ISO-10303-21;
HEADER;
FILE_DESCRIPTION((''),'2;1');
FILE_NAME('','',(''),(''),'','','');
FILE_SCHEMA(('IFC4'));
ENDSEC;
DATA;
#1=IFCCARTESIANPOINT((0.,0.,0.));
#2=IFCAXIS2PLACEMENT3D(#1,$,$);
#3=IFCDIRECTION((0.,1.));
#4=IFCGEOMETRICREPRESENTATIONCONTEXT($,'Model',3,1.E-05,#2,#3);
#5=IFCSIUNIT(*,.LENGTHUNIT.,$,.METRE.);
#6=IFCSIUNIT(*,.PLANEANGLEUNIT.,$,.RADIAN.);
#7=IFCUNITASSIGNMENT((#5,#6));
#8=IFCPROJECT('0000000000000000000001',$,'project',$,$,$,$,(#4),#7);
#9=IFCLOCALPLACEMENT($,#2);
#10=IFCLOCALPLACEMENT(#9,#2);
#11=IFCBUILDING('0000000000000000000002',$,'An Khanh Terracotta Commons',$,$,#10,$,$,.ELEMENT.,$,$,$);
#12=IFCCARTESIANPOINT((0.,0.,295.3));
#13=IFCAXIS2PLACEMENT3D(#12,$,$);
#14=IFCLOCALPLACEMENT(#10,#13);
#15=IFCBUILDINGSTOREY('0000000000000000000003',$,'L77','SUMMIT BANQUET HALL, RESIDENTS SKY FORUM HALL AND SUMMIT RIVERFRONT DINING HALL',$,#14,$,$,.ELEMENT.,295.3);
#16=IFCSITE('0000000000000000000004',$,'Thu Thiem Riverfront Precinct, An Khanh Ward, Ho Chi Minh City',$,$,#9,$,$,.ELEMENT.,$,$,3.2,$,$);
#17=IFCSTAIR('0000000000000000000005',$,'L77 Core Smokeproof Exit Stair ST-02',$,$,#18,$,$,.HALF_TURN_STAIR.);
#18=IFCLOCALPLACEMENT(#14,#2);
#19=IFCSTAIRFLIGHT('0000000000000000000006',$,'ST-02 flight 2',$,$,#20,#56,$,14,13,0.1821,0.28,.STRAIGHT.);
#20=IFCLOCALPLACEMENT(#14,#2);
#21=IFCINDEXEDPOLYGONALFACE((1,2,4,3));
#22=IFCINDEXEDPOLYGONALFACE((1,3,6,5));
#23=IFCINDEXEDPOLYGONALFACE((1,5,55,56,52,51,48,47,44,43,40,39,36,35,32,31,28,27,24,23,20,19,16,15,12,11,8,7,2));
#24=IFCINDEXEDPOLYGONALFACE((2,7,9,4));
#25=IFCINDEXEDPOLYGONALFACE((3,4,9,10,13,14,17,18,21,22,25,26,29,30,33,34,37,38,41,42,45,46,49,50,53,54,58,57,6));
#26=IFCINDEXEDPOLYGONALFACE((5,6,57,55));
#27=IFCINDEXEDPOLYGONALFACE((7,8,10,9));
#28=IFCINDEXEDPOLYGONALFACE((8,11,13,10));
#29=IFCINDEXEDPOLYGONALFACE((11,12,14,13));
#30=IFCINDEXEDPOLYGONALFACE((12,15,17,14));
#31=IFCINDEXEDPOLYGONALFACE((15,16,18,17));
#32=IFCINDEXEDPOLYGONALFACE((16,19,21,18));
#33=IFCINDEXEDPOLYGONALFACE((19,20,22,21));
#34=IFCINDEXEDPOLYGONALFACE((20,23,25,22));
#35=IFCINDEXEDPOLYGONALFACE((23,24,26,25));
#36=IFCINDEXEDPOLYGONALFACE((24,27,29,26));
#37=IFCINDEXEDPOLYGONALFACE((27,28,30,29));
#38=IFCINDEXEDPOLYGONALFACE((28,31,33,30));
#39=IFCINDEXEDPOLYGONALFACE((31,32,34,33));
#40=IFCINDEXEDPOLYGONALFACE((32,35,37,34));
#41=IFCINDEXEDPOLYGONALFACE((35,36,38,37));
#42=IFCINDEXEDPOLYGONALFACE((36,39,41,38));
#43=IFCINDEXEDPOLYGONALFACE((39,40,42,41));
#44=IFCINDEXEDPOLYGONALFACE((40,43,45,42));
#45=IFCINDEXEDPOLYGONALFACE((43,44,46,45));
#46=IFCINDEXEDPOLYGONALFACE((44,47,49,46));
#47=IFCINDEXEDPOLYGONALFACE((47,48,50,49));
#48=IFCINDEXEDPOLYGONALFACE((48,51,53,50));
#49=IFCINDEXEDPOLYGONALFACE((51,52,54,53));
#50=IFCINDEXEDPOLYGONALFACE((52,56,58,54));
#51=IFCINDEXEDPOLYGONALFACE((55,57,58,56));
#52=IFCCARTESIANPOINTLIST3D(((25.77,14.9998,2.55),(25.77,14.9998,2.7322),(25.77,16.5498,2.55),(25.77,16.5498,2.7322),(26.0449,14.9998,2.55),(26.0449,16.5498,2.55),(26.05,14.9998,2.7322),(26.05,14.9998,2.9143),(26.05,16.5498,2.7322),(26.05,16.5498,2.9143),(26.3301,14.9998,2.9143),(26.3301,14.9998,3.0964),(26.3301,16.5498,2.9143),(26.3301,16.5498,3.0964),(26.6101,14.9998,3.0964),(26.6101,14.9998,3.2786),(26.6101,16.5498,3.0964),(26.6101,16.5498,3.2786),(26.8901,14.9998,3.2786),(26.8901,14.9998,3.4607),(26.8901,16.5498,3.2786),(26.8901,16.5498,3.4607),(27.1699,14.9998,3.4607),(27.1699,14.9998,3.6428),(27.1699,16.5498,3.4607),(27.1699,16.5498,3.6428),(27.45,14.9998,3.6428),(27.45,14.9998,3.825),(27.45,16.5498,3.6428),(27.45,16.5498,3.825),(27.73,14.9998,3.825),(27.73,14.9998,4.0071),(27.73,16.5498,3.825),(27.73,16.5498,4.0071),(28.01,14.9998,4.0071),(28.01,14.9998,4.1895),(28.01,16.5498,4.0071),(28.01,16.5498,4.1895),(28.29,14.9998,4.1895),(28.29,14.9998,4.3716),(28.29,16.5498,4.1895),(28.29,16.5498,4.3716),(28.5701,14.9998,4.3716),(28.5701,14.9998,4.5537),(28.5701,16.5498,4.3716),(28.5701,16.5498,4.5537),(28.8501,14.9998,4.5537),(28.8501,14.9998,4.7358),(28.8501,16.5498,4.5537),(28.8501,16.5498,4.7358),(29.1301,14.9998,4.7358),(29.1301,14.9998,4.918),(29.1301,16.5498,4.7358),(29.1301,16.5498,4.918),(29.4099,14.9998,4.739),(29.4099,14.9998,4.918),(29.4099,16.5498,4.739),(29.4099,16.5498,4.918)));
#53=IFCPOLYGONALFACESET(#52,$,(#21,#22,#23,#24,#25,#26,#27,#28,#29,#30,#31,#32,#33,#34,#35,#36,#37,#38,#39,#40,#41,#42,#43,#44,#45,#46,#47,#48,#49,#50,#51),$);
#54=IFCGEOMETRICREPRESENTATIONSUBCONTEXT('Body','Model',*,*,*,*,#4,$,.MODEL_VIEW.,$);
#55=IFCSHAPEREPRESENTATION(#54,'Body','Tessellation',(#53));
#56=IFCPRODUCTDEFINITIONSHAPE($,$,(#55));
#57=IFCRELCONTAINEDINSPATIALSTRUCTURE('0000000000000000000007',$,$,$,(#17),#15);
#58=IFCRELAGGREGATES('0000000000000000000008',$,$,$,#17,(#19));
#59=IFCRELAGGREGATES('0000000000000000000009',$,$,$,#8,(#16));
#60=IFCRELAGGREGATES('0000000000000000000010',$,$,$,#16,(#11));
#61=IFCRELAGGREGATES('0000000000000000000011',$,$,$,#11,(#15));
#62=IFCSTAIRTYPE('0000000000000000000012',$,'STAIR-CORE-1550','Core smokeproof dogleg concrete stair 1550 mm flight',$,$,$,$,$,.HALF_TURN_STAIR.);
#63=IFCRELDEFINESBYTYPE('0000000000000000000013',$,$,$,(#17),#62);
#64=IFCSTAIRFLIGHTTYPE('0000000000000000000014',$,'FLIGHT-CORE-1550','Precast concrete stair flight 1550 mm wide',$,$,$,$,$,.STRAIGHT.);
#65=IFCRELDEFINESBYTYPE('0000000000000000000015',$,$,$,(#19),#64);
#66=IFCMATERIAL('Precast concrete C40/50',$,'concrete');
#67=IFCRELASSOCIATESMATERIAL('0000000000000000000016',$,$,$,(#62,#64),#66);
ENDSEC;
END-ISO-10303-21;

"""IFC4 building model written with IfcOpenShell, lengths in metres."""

from ifc_helpers import new_model, si_unit, direction, frame, origin, place, context, subcontext, project, spatial, polyline, outline, extrude, material, type_object, element, aggregate, save


model = new_model("IFC4")

# Units and contexts
model_context = context("Model", 3, precision=1e-05, world=origin(), true_north=direction((0.0, 1.0)))
body_context = subcontext(model_context, "Body", "Model", "MODEL_VIEW")
ifc_project = project(units=[si_unit("LENGTHUNIT", "METRE"), si_unit("PLANEANGLEUNIT", "RADIAN")], contexts=[model_context])

# Site, building, storey
site_placement = place(None, origin())
site = spatial("IfcSite", under=ifc_project, at=site_placement, Name="Thu Thiem Riverfront Precinct, An Khanh Ward, Ho Chi Minh City", CompositionType="ELEMENT", RefElevation=3.2)
building_placement = place(site_placement, origin())
building = spatial("IfcBuilding", under=site, at=building_placement, Name="An Khanh Terracotta Commons", CompositionType="ELEMENT")
storey_placement = place(building_placement, frame((0.0, 0.0, 295.3)))
storey = spatial("IfcBuildingStorey", under=building, at=storey_placement, Name="L77", Description="SUMMIT BANQUET HALL, RESIDENTS SKY FORUM HALL AND SUMMIT RIVERFRONT DINING HALL", CompositionType="ELEMENT", Elevation=295.3)

# Shared definitions
ifc_material_1 = material(Name="Precast concrete C40/50", Category="concrete")

# Stair, stair flight
stair_type = type_object("IfcStairType", Name="STAIR-CORE-1550", Description="Core smokeproof dogleg concrete stair 1550 mm flight", PredefinedType="HALF_TURN_STAIR", material=ifc_material_1)
stair_placement = place(storey_placement, origin())
stair = element("IfcStair", 1, at=stair_placement, inside=storey, type_object=stair_type, Name="L77 Core Smokeproof Exit Stair ST-02", PredefinedType="HALF_TURN_STAIR")
stair_flight_type = type_object("IfcStairFlightType", Name="FLIGHT-CORE-1550", Description="Precast concrete stair flight 1550 mm wide", PredefinedType="STRAIGHT", material=ifc_material_1)
stair_flight_placement = place(storey_placement, frame((25.77, 15.7749, 2.55), z_axis=(0.0, 0.0, 1.0), x_axis=(1.0, 0.0, 0.0)))
stair_flight = element("IfcStairFlight", 2, at=stair_flight_placement, type_object=stair_flight_type, Name="ST-02 flight 2", NumberOfRisers=14, NumberOfTreads=13, PredefinedType="STRAIGHT", RiserHeight=0.1821, TreadLength=0.28, context=body_context, shape_type="SweptSolid", body=[
    extrude(outline(polyline([(0.0, 0.0), (0.0, 0.1821), (0.28, 0.1821), (0.28, 0.3643), (0.5601, 0.3643), (0.5601, 0.5464), (0.8401, 0.5464), (0.8401, 0.7285), (1.1201, 0.7285), (1.1201, 0.9106), (1.3999, 0.9106), (1.3999, 1.0928), (1.6799, 1.0928), (1.6799, 1.2749), (1.96, 1.2749), (1.96, 1.457), (2.24, 1.457), (2.24, 1.6394), (2.52, 1.6394), (2.52, 1.8215), (2.8, 1.8215), (2.8, 2.0037), (3.0801, 2.0037), (3.0801, 2.1858), (3.3601, 2.1858), (3.3601, 2.3679), (3.6399, 2.3679), (3.6399, 2.55), (3.6399, 2.189), (0.2749, 0.0), (0.0, 0.0)])), frame((0.0, 0.7749, 0.0), z_axis=(0.0, -1.0, 0.0), x_axis=(1.0, 0.0, 0.0)), (0.0, 0.0, 1.0), 1.55),
])
aggregate(stair, [stair_flight])

save(model, "model.ifc")
